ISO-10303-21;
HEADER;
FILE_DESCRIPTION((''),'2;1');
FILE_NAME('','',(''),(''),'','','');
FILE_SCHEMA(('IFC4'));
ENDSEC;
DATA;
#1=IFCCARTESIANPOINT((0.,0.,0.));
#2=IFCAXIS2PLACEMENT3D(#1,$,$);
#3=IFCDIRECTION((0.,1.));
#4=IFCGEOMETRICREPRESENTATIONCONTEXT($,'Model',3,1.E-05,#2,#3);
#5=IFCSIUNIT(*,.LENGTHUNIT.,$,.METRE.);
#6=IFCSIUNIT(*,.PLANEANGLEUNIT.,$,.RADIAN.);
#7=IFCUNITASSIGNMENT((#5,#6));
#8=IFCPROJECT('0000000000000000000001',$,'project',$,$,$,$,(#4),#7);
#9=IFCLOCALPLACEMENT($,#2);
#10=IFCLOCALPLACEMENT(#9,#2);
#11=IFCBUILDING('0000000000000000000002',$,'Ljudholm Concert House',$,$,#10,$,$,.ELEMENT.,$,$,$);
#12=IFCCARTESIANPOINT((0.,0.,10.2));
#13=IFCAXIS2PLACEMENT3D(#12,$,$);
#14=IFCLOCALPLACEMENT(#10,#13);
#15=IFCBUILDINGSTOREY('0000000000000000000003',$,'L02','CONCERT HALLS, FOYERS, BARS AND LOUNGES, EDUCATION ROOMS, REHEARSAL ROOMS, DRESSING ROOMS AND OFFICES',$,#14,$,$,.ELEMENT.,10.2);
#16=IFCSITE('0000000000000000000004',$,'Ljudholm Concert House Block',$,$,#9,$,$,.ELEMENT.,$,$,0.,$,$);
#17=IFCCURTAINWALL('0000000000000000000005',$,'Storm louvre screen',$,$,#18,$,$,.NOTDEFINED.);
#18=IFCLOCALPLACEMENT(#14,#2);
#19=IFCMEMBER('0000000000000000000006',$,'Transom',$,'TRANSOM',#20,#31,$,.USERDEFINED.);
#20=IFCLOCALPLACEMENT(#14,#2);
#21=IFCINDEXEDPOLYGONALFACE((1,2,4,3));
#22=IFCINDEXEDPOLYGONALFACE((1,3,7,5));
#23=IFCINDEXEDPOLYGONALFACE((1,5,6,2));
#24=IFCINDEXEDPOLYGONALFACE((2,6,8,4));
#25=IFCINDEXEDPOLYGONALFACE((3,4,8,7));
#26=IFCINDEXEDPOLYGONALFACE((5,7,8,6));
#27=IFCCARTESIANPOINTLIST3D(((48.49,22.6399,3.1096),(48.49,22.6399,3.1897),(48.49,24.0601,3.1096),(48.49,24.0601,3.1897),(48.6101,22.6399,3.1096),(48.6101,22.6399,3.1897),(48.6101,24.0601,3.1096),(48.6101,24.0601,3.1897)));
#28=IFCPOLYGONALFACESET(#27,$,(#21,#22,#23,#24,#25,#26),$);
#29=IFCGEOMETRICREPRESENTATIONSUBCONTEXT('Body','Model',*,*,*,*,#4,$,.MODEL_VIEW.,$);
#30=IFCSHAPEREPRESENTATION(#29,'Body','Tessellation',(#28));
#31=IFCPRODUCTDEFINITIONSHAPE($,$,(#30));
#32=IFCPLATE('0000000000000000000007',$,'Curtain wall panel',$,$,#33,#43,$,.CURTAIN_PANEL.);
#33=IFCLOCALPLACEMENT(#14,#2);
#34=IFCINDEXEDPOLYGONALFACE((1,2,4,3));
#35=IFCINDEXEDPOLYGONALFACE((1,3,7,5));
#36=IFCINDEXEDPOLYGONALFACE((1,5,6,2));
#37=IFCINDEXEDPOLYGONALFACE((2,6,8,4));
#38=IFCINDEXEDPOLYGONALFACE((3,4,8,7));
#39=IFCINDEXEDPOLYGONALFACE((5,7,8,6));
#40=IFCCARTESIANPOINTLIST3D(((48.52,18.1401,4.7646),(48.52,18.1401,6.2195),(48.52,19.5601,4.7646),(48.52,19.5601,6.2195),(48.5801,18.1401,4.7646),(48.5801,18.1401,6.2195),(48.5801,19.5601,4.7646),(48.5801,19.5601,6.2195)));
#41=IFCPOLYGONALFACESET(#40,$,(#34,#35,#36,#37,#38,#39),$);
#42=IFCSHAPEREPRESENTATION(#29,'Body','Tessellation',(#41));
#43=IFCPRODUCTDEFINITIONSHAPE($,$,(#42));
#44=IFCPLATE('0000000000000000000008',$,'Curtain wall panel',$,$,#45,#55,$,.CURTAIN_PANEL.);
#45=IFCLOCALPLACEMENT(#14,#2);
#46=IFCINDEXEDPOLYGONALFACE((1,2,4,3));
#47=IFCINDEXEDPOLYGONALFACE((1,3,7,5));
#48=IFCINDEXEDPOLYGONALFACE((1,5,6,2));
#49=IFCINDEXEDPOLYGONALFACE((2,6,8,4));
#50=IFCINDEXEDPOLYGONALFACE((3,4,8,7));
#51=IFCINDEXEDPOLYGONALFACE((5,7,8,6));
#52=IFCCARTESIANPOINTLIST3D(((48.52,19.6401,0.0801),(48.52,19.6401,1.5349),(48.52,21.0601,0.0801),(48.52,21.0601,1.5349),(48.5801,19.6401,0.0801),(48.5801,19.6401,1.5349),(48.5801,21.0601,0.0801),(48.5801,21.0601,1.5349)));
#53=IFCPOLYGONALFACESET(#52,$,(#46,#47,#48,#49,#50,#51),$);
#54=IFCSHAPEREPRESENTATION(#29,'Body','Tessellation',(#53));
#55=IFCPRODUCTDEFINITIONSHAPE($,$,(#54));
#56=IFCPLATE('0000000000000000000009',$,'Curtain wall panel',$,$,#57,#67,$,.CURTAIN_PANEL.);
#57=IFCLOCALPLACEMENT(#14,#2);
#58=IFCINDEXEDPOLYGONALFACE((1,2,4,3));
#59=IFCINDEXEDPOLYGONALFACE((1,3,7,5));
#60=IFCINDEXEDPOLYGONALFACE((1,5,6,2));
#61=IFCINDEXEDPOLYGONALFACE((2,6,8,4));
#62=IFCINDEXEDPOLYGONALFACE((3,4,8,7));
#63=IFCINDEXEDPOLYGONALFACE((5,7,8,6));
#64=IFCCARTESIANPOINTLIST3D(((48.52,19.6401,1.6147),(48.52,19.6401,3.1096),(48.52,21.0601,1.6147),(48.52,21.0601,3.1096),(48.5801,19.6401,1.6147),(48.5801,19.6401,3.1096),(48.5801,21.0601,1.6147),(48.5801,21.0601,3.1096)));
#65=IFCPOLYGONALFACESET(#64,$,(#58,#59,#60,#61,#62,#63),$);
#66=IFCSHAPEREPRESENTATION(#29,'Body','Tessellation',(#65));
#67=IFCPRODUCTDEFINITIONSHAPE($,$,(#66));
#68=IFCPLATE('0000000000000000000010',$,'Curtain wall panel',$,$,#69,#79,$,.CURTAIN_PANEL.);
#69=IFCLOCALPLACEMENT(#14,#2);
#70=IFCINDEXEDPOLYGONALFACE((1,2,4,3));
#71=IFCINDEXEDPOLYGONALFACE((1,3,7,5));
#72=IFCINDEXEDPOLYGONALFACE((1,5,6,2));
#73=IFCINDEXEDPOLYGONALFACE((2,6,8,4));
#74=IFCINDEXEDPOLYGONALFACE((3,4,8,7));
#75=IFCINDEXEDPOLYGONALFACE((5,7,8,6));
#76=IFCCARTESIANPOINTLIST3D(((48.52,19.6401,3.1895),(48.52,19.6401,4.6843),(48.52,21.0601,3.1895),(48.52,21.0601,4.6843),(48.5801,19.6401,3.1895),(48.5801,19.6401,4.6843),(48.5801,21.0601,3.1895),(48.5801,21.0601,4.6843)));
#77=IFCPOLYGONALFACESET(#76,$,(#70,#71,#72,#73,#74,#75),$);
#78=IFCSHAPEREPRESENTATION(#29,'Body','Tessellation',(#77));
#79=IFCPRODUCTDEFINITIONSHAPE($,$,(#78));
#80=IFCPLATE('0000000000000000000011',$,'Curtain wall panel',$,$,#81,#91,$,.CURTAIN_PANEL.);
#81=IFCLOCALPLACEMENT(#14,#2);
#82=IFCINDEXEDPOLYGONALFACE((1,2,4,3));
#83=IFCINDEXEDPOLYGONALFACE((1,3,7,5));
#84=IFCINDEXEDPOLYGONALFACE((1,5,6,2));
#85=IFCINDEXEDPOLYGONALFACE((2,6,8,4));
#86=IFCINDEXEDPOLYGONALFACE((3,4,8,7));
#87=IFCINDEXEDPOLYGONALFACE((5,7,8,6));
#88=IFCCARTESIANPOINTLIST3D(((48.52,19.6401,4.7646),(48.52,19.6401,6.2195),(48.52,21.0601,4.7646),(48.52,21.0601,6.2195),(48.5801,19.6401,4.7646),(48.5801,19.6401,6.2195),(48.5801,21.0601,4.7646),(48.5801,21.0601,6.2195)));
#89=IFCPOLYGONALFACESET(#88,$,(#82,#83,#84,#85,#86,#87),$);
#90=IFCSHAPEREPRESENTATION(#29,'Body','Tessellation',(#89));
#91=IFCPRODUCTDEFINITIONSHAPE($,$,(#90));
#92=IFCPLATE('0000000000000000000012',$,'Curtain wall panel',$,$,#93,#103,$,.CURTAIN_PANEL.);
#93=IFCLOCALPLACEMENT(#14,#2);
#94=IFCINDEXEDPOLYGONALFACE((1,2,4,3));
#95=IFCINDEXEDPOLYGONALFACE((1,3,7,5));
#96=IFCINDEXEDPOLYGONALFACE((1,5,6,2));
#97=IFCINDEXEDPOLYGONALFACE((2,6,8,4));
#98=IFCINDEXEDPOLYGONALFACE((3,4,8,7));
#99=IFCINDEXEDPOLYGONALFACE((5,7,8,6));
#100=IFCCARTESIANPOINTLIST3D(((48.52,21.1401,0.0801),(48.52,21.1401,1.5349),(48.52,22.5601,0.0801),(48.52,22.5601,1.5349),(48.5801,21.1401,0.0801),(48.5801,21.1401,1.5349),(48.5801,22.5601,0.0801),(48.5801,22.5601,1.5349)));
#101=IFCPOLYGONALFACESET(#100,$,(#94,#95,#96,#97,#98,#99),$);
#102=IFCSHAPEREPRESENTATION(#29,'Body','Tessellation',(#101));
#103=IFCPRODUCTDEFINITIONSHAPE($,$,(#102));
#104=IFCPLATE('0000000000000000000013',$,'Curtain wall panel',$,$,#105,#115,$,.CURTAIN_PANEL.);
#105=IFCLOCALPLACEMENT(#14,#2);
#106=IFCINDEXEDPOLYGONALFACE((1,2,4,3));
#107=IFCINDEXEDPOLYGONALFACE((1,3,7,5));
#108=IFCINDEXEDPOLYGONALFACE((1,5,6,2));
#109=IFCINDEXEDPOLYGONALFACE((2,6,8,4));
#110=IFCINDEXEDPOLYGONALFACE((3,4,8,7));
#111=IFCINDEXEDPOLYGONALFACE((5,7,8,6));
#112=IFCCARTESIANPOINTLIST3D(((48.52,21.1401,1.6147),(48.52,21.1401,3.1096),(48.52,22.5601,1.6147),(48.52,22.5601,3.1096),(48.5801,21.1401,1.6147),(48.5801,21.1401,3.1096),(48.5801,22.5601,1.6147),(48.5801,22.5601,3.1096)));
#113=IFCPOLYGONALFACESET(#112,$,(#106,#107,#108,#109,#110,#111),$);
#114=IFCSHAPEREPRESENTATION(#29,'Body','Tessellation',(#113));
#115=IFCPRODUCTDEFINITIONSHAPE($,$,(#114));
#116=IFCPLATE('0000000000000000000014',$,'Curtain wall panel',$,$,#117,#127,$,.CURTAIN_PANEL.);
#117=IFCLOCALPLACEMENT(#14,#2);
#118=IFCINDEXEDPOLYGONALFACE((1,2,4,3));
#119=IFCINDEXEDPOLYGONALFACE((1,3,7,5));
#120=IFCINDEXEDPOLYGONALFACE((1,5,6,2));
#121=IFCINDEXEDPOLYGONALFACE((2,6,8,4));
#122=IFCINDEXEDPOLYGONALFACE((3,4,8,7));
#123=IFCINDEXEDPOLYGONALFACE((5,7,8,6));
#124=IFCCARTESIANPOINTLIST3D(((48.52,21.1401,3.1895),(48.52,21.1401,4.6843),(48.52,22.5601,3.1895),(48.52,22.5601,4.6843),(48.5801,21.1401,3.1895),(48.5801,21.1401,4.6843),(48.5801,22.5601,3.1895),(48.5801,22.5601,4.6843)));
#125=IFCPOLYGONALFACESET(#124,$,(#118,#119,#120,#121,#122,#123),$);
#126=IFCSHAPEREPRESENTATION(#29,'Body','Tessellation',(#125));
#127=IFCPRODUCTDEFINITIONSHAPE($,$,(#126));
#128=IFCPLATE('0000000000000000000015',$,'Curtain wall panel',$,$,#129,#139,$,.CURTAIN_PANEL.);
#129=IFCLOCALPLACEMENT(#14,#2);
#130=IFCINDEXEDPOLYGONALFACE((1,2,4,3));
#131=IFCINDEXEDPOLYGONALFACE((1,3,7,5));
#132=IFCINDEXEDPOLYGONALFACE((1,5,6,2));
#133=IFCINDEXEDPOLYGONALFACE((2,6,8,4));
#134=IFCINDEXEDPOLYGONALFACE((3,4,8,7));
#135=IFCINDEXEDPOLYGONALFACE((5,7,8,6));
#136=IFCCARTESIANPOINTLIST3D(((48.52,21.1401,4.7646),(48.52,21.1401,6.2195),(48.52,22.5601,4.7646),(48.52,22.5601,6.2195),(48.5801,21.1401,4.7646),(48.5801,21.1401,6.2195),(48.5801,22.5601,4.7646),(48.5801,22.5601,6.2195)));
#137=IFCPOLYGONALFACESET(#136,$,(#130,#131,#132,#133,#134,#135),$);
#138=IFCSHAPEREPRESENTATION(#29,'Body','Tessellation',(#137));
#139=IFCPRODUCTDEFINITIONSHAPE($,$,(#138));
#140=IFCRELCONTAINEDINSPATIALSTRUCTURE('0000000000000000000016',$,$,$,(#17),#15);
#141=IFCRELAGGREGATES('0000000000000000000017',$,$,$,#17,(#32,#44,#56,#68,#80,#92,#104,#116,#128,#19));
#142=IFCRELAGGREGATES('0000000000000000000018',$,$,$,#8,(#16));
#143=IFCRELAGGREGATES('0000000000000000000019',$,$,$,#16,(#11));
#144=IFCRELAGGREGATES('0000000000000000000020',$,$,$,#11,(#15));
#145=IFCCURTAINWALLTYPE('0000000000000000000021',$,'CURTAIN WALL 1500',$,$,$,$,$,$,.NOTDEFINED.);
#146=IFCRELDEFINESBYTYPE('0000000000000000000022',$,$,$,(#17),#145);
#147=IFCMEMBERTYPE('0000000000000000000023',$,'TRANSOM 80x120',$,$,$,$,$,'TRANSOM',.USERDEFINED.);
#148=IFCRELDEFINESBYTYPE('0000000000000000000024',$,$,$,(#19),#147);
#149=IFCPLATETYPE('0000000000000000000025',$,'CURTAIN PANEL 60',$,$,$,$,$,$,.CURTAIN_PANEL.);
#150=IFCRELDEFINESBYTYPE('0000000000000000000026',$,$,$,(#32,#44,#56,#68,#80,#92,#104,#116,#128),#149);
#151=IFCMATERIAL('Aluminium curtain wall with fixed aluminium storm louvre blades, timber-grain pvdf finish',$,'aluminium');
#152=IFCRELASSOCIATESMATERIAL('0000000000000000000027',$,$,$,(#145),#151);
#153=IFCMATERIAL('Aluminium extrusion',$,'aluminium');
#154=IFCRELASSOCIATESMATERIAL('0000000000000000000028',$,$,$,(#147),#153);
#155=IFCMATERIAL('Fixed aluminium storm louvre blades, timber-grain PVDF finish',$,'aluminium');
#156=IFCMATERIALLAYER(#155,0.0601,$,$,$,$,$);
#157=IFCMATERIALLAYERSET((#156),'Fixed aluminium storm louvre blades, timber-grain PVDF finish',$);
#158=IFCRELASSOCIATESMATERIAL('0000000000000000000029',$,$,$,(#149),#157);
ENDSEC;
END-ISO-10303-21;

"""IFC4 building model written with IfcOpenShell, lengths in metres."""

from ifc_helpers import new_model, si_unit, direction, frame, origin, origin_2d, place, context, subcontext, project, spatial, rectangle, extrude, material, layer, layer_set, material_profile, profile_set, type_object, element, aggregate, save


model = new_model("IFC4")

# Units and contexts
model_context = context("Model", 3, precision=1e-05, world=origin(), true_north=direction((0.0, 1.0)))
body_context = subcontext(model_context, "Body", "Model", "MODEL_VIEW")
ifc_project = project(units=[si_unit("LENGTHUNIT", "METRE"), si_unit("PLANEANGLEUNIT", "RADIAN")], contexts=[model_context])

# Site, building, storey
site_placement = place(None, origin())
site = spatial("IfcSite", under=ifc_project, at=site_placement, Name="Ljudholm Concert House Block", CompositionType="ELEMENT", RefElevation=0.0)
building_placement = place(site_placement, origin())
building = spatial("IfcBuilding", under=site, at=building_placement, Name="Ljudholm Concert House", CompositionType="ELEMENT")
storey_placement = place(building_placement, frame((0.0, 0.0, 10.2)))
storey = spatial("IfcBuildingStorey", under=building, at=storey_placement, Name="L02", Description="CONCERT HALLS, FOYERS, BARS AND LOUNGES, EDUCATION ROOMS, REHEARSAL ROOMS, DRESSING ROOMS AND OFFICES", CompositionType="ELEMENT", Elevation=10.2)

# Curtain wall, member, plates
ifc_material_1 = material(Name="Aluminium curtain wall with fixed aluminium storm louvre blades, timber-grain pvdf finish", Category="aluminium")
curtain_wall_type = type_object("IfcCurtainWallType", Name="CURTAIN WALL 1500", PredefinedType="NOTDEFINED", material=ifc_material_1)
curtain_wall_placement = place(storey_placement, origin())
curtain_wall = element("IfcCurtainWall", 1, at=curtain_wall_placement, inside=storey, type_object=curtain_wall_type, Name="Storm louvre screen", PredefinedType="NOTDEFINED")
ifc_material_2 = material(Name="Aluminium extrusion", Category="aluminium")
ifc_material_profile_1 = material_profile(ifc_material_2, rectangle(XDim=0.1201, YDim=0.0801, at=origin_2d()), Name="TRANSOM 80x120")
ifc_profile_set_1 = profile_set([ifc_material_profile_1], Name="Aluminium extrusion")
member_type_1 = type_object("IfcMemberType", Name="TRANSOM 80x120", ElementType="TRANSOM", PredefinedType="USERDEFINED", material=ifc_profile_set_1)
member_1_placement = place(storey_placement, frame((48.55, 22.6399, 3.1497), z_axis=(0.0, 1.0, 0.0), x_axis=(-1.0, 0.0, 0.0)))
member_1 = element("IfcMember", 2, at=member_1_placement, type_object=member_type_1, Name="Transom", ObjectType="TRANSOM", PredefinedType="USERDEFINED", context=body_context, shape_type="SweptSolid", body=[
    extrude(rectangle(XDim=0.1201, YDim=0.0801, at=origin_2d()), origin(), (0.0, 0.0, 1.0), 1.4202),
])
ifc_material_3 = material(Name="Fixed aluminium storm louvre blades, timber-grain PVDF finish", Category="aluminium")
ifc_layer = layer(ifc_material_3, 0.0601)
ifc_layer_set = layer_set([ifc_layer], Name="Fixed aluminium storm louvre blades, timber-grain PVDF finish")
plate_type = type_object("IfcPlateType", Name="CURTAIN PANEL 60", PredefinedType="CURTAIN_PANEL", material=ifc_layer_set)
plate_1_placement = place(storey_placement, frame((48.55, 18.8501, 4.7646), z_axis=(0.0, 0.0, 1.0), x_axis=(0.0, 1.0, 0.0)))
plate_1 = element("IfcPlate", 3, at=plate_1_placement, type_object=plate_type, Name="Curtain wall panel", PredefinedType="CURTAIN_PANEL", context=body_context, shape_type="SweptSolid", body=[
    extrude(rectangle(XDim=1.4199, YDim=0.0601, at=origin_2d()), origin(), (0.0, 0.0, 1.0), 1.4548),
])
plate_2_placement = place(storey_placement, frame((48.55, 20.3501, 0.0801), z_axis=(0.0, 0.0, 1.0), x_axis=(0.0, 1.0, 0.0)))
plate_2 = element("IfcPlate", 4, at=plate_2_placement, type_object=plate_type, Name="Curtain wall panel", PredefinedType="CURTAIN_PANEL", context=body_context, shape_type="SweptSolid", body=[
    extrude(rectangle(XDim=1.4199, YDim=0.0601, at=origin_2d()), origin(), (0.0, 0.0, 1.0), 1.4548),
])
plate_3_placement = place(storey_placement, frame((48.55, 20.3501, 1.6147), z_axis=(0.0, 0.0, 1.0), x_axis=(0.0, 1.0, 0.0)))
plate_3 = element("IfcPlate", 5, at=plate_3_placement, type_object=plate_type, Name="Curtain wall panel", PredefinedType="CURTAIN_PANEL", context=body_context, shape_type="SweptSolid", body=[
    extrude(rectangle(XDim=1.4199, YDim=0.0601, at=origin_2d()), origin(), (0.0, 0.0, 1.0), 1.4949),
])
plate_4_placement = place(storey_placement, frame((48.55, 20.3501, 3.1895), z_axis=(0.0, 0.0, 1.0), x_axis=(0.0, 1.0, 0.0)))
plate_4 = element("IfcPlate", 6, at=plate_4_placement, type_object=plate_type, Name="Curtain wall panel", PredefinedType="CURTAIN_PANEL", context=body_context, shape_type="SweptSolid", body=[
    extrude(rectangle(XDim=1.4199, YDim=0.0601, at=origin_2d()), origin(), (0.0, 0.0, 1.0), 1.4949),
])
plate_5_placement = place(storey_placement, frame((48.55, 20.3501, 4.7646), z_axis=(0.0, 0.0, 1.0), x_axis=(0.0, 1.0, 0.0)))
plate_5 = element("IfcPlate", 7, at=plate_5_placement, type_object=plate_type, Name="Curtain wall panel", PredefinedType="CURTAIN_PANEL", context=body_context, shape_type="SweptSolid", body=[
    extrude(rectangle(XDim=1.4199, YDim=0.0601, at=origin_2d()), origin(), (0.0, 0.0, 1.0), 1.4548),
])
plate_6_placement = place(storey_placement, frame((48.55, 21.8501, 0.0801), z_axis=(0.0, 0.0, 1.0), x_axis=(0.0, 1.0, 0.0)))
plate_6 = element("IfcPlate", 8, at=plate_6_placement, type_object=plate_type, Name="Curtain wall panel", PredefinedType="CURTAIN_PANEL", context=body_context, shape_type="SweptSolid", body=[
    extrude(rectangle(XDim=1.4199, YDim=0.0601, at=origin_2d()), origin(), (0.0, 0.0, 1.0), 1.4548),
])
plate_7_placement = place(storey_placement, frame((48.55, 21.8501, 1.6147), z_axis=(0.0, 0.0, 1.0), x_axis=(0.0, 1.0, 0.0)))
plate_7 = element("IfcPlate", 9, at=plate_7_placement, type_object=plate_type, Name="Curtain wall panel", PredefinedType="CURTAIN_PANEL", context=body_context, shape_type="SweptSolid", body=[
    extrude(rectangle(XDim=1.4199, YDim=0.0601, at=origin_2d()), origin(), (0.0, 0.0, 1.0), 1.4949),
])
plate_8_placement = place(storey_placement, frame((48.55, 21.8501, 3.1895), z_axis=(0.0, 0.0, 1.0), x_axis=(0.0, 1.0, 0.0)))
plate_8 = element("IfcPlate", 10, at=plate_8_placement, type_object=plate_type, Name="Curtain wall panel", PredefinedType="CURTAIN_PANEL", context=body_context, shape_type="SweptSolid", body=[
    extrude(rectangle(XDim=1.4199, YDim=0.0601, at=origin_2d()), origin(), (0.0, 0.0, 1.0), 1.4949),
])
plate_9_placement = place(storey_placement, frame((48.55, 21.8501, 4.7646), z_axis=(0.0, 0.0, 1.0), x_axis=(0.0, 1.0, 0.0)))
plate_9 = element("IfcPlate", 11, at=plate_9_placement, type_object=plate_type, Name="Curtain wall panel", PredefinedType="CURTAIN_PANEL", context=body_context, shape_type="SweptSolid", body=[
    extrude(rectangle(XDim=1.4199, YDim=0.0601, at=origin_2d()), origin(), (0.0, 0.0, 1.0), 1.4548),
])
aggregate(curtain_wall, [plate_1, plate_2, plate_3, plate_4, plate_5, plate_6, plate_7, plate_8, plate_9, member_1])

save(model, "model.ifc")
